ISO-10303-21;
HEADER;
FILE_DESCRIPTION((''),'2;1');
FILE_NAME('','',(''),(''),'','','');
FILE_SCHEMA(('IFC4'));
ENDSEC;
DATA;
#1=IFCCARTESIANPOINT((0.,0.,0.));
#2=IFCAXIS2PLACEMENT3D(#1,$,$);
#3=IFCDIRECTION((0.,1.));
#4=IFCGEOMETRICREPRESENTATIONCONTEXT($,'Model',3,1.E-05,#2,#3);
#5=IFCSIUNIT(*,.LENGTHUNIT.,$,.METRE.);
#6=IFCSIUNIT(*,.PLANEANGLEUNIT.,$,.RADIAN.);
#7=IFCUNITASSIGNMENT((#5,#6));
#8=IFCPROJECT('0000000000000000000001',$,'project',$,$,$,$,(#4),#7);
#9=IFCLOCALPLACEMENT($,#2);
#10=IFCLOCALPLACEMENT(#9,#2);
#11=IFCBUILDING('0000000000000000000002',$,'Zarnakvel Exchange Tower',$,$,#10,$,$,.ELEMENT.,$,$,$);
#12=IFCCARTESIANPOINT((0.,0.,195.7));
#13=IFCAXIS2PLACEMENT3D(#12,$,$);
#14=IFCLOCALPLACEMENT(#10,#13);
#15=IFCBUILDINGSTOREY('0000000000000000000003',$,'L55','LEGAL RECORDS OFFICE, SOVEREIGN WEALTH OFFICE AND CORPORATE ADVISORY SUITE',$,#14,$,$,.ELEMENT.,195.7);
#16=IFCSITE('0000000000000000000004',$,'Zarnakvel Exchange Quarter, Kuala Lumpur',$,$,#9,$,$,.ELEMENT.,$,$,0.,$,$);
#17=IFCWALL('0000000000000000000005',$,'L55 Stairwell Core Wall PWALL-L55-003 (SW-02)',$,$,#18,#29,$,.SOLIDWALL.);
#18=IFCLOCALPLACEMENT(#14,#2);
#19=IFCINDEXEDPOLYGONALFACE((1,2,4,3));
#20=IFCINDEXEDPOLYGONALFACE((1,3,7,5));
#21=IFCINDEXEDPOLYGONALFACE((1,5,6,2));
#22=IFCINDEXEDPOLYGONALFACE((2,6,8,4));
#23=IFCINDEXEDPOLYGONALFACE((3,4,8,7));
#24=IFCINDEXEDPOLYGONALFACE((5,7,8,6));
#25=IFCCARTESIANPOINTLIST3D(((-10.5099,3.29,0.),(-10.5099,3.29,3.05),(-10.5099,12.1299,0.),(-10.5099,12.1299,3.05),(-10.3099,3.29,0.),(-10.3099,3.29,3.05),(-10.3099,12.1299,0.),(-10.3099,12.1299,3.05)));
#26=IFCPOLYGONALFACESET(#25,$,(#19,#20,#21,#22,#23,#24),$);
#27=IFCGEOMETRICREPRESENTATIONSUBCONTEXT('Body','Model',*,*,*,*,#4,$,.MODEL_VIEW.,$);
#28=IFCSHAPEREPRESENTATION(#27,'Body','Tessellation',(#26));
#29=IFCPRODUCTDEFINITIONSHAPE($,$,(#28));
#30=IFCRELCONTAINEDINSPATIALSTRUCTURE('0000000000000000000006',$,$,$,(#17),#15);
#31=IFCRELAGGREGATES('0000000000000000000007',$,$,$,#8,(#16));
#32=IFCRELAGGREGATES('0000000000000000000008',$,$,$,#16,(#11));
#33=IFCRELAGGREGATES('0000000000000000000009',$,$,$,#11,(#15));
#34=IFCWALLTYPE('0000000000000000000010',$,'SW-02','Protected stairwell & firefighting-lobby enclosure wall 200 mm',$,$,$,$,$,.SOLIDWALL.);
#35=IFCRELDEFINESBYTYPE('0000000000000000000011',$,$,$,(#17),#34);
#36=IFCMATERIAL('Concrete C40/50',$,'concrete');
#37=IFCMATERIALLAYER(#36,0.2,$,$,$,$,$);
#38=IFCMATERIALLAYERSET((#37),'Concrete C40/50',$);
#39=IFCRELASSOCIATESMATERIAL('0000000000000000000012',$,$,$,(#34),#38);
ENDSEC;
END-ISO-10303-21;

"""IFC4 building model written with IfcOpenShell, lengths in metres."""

from ifc_helpers import new_model, si_unit, direction, frame, frame_2d, origin, place, context, subcontext, project, spatial, rectangle, extrude, material, layer, layer_set, type_object, element, save


model = new_model("IFC4")

# Units and contexts
model_context = context("Model", 3, precision=1e-05, world=origin(), true_north=direction((0.0, 1.0)))
body_context = subcontext(model_context, "Body", "Model", "MODEL_VIEW")
ifc_project = project(units=[si_unit("LENGTHUNIT", "METRE"), si_unit("PLANEANGLEUNIT", "RADIAN")], contexts=[model_context])

# Site, building, storey
site_placement = place(None, origin())
site = spatial("IfcSite", under=ifc_project, at=site_placement, Name="Zarnakvel Exchange Quarter, Kuala Lumpur", CompositionType="ELEMENT", RefElevation=0.0)
building_placement = place(site_placement, origin())
building = spatial("IfcBuilding", under=site, at=building_placement, Name="Zarnakvel Exchange Tower", CompositionType="ELEMENT")
storey_placement = place(building_placement, frame((0.0, 0.0, 195.7)))
storey = spatial("IfcBuildingStorey", under=building, at=storey_placement, Name="L55", Description="LEGAL RECORDS OFFICE, SOVEREIGN WEALTH OFFICE AND CORPORATE ADVISORY SUITE", CompositionType="ELEMENT", Elevation=195.7)

# Wall
ifc_material_1 = material(Name="Concrete C40/50", Category="concrete")
ifc_layer_1 = layer(ifc_material_1, 0.2)
ifc_layer_set_1 = layer_set([ifc_layer_1], Name="Concrete C40/50")
wall_type_1 = type_object("IfcWallType", Name="SW-02", Description="Protected stairwell & firefighting-lobby enclosure wall 200 mm", PredefinedType="SOLIDWALL", material=ifc_layer_set_1)
wall_1_placement = place(storey_placement, frame((-10.4099, 12.1299, 0.0), z_axis=(0.0, 0.0, 1.0), x_axis=(0.0, -1.0, 0.0)))
element("IfcWall", 1, at=wall_1_placement, inside=storey, type_object=wall_type_1, Name="L55 Stairwell Core Wall PWALL-L55-003 (SW-02)", PredefinedType="SOLIDWALL", context=body_context, shape_type="SweptSolid", body=[
    extrude(rectangle(XDim=8.8398, YDim=0.2, at=frame_2d((4.4199, 0.0))), origin(), (0.0, 0.0, 1.0), 3.05),
])

save(model, "model.ifc")
